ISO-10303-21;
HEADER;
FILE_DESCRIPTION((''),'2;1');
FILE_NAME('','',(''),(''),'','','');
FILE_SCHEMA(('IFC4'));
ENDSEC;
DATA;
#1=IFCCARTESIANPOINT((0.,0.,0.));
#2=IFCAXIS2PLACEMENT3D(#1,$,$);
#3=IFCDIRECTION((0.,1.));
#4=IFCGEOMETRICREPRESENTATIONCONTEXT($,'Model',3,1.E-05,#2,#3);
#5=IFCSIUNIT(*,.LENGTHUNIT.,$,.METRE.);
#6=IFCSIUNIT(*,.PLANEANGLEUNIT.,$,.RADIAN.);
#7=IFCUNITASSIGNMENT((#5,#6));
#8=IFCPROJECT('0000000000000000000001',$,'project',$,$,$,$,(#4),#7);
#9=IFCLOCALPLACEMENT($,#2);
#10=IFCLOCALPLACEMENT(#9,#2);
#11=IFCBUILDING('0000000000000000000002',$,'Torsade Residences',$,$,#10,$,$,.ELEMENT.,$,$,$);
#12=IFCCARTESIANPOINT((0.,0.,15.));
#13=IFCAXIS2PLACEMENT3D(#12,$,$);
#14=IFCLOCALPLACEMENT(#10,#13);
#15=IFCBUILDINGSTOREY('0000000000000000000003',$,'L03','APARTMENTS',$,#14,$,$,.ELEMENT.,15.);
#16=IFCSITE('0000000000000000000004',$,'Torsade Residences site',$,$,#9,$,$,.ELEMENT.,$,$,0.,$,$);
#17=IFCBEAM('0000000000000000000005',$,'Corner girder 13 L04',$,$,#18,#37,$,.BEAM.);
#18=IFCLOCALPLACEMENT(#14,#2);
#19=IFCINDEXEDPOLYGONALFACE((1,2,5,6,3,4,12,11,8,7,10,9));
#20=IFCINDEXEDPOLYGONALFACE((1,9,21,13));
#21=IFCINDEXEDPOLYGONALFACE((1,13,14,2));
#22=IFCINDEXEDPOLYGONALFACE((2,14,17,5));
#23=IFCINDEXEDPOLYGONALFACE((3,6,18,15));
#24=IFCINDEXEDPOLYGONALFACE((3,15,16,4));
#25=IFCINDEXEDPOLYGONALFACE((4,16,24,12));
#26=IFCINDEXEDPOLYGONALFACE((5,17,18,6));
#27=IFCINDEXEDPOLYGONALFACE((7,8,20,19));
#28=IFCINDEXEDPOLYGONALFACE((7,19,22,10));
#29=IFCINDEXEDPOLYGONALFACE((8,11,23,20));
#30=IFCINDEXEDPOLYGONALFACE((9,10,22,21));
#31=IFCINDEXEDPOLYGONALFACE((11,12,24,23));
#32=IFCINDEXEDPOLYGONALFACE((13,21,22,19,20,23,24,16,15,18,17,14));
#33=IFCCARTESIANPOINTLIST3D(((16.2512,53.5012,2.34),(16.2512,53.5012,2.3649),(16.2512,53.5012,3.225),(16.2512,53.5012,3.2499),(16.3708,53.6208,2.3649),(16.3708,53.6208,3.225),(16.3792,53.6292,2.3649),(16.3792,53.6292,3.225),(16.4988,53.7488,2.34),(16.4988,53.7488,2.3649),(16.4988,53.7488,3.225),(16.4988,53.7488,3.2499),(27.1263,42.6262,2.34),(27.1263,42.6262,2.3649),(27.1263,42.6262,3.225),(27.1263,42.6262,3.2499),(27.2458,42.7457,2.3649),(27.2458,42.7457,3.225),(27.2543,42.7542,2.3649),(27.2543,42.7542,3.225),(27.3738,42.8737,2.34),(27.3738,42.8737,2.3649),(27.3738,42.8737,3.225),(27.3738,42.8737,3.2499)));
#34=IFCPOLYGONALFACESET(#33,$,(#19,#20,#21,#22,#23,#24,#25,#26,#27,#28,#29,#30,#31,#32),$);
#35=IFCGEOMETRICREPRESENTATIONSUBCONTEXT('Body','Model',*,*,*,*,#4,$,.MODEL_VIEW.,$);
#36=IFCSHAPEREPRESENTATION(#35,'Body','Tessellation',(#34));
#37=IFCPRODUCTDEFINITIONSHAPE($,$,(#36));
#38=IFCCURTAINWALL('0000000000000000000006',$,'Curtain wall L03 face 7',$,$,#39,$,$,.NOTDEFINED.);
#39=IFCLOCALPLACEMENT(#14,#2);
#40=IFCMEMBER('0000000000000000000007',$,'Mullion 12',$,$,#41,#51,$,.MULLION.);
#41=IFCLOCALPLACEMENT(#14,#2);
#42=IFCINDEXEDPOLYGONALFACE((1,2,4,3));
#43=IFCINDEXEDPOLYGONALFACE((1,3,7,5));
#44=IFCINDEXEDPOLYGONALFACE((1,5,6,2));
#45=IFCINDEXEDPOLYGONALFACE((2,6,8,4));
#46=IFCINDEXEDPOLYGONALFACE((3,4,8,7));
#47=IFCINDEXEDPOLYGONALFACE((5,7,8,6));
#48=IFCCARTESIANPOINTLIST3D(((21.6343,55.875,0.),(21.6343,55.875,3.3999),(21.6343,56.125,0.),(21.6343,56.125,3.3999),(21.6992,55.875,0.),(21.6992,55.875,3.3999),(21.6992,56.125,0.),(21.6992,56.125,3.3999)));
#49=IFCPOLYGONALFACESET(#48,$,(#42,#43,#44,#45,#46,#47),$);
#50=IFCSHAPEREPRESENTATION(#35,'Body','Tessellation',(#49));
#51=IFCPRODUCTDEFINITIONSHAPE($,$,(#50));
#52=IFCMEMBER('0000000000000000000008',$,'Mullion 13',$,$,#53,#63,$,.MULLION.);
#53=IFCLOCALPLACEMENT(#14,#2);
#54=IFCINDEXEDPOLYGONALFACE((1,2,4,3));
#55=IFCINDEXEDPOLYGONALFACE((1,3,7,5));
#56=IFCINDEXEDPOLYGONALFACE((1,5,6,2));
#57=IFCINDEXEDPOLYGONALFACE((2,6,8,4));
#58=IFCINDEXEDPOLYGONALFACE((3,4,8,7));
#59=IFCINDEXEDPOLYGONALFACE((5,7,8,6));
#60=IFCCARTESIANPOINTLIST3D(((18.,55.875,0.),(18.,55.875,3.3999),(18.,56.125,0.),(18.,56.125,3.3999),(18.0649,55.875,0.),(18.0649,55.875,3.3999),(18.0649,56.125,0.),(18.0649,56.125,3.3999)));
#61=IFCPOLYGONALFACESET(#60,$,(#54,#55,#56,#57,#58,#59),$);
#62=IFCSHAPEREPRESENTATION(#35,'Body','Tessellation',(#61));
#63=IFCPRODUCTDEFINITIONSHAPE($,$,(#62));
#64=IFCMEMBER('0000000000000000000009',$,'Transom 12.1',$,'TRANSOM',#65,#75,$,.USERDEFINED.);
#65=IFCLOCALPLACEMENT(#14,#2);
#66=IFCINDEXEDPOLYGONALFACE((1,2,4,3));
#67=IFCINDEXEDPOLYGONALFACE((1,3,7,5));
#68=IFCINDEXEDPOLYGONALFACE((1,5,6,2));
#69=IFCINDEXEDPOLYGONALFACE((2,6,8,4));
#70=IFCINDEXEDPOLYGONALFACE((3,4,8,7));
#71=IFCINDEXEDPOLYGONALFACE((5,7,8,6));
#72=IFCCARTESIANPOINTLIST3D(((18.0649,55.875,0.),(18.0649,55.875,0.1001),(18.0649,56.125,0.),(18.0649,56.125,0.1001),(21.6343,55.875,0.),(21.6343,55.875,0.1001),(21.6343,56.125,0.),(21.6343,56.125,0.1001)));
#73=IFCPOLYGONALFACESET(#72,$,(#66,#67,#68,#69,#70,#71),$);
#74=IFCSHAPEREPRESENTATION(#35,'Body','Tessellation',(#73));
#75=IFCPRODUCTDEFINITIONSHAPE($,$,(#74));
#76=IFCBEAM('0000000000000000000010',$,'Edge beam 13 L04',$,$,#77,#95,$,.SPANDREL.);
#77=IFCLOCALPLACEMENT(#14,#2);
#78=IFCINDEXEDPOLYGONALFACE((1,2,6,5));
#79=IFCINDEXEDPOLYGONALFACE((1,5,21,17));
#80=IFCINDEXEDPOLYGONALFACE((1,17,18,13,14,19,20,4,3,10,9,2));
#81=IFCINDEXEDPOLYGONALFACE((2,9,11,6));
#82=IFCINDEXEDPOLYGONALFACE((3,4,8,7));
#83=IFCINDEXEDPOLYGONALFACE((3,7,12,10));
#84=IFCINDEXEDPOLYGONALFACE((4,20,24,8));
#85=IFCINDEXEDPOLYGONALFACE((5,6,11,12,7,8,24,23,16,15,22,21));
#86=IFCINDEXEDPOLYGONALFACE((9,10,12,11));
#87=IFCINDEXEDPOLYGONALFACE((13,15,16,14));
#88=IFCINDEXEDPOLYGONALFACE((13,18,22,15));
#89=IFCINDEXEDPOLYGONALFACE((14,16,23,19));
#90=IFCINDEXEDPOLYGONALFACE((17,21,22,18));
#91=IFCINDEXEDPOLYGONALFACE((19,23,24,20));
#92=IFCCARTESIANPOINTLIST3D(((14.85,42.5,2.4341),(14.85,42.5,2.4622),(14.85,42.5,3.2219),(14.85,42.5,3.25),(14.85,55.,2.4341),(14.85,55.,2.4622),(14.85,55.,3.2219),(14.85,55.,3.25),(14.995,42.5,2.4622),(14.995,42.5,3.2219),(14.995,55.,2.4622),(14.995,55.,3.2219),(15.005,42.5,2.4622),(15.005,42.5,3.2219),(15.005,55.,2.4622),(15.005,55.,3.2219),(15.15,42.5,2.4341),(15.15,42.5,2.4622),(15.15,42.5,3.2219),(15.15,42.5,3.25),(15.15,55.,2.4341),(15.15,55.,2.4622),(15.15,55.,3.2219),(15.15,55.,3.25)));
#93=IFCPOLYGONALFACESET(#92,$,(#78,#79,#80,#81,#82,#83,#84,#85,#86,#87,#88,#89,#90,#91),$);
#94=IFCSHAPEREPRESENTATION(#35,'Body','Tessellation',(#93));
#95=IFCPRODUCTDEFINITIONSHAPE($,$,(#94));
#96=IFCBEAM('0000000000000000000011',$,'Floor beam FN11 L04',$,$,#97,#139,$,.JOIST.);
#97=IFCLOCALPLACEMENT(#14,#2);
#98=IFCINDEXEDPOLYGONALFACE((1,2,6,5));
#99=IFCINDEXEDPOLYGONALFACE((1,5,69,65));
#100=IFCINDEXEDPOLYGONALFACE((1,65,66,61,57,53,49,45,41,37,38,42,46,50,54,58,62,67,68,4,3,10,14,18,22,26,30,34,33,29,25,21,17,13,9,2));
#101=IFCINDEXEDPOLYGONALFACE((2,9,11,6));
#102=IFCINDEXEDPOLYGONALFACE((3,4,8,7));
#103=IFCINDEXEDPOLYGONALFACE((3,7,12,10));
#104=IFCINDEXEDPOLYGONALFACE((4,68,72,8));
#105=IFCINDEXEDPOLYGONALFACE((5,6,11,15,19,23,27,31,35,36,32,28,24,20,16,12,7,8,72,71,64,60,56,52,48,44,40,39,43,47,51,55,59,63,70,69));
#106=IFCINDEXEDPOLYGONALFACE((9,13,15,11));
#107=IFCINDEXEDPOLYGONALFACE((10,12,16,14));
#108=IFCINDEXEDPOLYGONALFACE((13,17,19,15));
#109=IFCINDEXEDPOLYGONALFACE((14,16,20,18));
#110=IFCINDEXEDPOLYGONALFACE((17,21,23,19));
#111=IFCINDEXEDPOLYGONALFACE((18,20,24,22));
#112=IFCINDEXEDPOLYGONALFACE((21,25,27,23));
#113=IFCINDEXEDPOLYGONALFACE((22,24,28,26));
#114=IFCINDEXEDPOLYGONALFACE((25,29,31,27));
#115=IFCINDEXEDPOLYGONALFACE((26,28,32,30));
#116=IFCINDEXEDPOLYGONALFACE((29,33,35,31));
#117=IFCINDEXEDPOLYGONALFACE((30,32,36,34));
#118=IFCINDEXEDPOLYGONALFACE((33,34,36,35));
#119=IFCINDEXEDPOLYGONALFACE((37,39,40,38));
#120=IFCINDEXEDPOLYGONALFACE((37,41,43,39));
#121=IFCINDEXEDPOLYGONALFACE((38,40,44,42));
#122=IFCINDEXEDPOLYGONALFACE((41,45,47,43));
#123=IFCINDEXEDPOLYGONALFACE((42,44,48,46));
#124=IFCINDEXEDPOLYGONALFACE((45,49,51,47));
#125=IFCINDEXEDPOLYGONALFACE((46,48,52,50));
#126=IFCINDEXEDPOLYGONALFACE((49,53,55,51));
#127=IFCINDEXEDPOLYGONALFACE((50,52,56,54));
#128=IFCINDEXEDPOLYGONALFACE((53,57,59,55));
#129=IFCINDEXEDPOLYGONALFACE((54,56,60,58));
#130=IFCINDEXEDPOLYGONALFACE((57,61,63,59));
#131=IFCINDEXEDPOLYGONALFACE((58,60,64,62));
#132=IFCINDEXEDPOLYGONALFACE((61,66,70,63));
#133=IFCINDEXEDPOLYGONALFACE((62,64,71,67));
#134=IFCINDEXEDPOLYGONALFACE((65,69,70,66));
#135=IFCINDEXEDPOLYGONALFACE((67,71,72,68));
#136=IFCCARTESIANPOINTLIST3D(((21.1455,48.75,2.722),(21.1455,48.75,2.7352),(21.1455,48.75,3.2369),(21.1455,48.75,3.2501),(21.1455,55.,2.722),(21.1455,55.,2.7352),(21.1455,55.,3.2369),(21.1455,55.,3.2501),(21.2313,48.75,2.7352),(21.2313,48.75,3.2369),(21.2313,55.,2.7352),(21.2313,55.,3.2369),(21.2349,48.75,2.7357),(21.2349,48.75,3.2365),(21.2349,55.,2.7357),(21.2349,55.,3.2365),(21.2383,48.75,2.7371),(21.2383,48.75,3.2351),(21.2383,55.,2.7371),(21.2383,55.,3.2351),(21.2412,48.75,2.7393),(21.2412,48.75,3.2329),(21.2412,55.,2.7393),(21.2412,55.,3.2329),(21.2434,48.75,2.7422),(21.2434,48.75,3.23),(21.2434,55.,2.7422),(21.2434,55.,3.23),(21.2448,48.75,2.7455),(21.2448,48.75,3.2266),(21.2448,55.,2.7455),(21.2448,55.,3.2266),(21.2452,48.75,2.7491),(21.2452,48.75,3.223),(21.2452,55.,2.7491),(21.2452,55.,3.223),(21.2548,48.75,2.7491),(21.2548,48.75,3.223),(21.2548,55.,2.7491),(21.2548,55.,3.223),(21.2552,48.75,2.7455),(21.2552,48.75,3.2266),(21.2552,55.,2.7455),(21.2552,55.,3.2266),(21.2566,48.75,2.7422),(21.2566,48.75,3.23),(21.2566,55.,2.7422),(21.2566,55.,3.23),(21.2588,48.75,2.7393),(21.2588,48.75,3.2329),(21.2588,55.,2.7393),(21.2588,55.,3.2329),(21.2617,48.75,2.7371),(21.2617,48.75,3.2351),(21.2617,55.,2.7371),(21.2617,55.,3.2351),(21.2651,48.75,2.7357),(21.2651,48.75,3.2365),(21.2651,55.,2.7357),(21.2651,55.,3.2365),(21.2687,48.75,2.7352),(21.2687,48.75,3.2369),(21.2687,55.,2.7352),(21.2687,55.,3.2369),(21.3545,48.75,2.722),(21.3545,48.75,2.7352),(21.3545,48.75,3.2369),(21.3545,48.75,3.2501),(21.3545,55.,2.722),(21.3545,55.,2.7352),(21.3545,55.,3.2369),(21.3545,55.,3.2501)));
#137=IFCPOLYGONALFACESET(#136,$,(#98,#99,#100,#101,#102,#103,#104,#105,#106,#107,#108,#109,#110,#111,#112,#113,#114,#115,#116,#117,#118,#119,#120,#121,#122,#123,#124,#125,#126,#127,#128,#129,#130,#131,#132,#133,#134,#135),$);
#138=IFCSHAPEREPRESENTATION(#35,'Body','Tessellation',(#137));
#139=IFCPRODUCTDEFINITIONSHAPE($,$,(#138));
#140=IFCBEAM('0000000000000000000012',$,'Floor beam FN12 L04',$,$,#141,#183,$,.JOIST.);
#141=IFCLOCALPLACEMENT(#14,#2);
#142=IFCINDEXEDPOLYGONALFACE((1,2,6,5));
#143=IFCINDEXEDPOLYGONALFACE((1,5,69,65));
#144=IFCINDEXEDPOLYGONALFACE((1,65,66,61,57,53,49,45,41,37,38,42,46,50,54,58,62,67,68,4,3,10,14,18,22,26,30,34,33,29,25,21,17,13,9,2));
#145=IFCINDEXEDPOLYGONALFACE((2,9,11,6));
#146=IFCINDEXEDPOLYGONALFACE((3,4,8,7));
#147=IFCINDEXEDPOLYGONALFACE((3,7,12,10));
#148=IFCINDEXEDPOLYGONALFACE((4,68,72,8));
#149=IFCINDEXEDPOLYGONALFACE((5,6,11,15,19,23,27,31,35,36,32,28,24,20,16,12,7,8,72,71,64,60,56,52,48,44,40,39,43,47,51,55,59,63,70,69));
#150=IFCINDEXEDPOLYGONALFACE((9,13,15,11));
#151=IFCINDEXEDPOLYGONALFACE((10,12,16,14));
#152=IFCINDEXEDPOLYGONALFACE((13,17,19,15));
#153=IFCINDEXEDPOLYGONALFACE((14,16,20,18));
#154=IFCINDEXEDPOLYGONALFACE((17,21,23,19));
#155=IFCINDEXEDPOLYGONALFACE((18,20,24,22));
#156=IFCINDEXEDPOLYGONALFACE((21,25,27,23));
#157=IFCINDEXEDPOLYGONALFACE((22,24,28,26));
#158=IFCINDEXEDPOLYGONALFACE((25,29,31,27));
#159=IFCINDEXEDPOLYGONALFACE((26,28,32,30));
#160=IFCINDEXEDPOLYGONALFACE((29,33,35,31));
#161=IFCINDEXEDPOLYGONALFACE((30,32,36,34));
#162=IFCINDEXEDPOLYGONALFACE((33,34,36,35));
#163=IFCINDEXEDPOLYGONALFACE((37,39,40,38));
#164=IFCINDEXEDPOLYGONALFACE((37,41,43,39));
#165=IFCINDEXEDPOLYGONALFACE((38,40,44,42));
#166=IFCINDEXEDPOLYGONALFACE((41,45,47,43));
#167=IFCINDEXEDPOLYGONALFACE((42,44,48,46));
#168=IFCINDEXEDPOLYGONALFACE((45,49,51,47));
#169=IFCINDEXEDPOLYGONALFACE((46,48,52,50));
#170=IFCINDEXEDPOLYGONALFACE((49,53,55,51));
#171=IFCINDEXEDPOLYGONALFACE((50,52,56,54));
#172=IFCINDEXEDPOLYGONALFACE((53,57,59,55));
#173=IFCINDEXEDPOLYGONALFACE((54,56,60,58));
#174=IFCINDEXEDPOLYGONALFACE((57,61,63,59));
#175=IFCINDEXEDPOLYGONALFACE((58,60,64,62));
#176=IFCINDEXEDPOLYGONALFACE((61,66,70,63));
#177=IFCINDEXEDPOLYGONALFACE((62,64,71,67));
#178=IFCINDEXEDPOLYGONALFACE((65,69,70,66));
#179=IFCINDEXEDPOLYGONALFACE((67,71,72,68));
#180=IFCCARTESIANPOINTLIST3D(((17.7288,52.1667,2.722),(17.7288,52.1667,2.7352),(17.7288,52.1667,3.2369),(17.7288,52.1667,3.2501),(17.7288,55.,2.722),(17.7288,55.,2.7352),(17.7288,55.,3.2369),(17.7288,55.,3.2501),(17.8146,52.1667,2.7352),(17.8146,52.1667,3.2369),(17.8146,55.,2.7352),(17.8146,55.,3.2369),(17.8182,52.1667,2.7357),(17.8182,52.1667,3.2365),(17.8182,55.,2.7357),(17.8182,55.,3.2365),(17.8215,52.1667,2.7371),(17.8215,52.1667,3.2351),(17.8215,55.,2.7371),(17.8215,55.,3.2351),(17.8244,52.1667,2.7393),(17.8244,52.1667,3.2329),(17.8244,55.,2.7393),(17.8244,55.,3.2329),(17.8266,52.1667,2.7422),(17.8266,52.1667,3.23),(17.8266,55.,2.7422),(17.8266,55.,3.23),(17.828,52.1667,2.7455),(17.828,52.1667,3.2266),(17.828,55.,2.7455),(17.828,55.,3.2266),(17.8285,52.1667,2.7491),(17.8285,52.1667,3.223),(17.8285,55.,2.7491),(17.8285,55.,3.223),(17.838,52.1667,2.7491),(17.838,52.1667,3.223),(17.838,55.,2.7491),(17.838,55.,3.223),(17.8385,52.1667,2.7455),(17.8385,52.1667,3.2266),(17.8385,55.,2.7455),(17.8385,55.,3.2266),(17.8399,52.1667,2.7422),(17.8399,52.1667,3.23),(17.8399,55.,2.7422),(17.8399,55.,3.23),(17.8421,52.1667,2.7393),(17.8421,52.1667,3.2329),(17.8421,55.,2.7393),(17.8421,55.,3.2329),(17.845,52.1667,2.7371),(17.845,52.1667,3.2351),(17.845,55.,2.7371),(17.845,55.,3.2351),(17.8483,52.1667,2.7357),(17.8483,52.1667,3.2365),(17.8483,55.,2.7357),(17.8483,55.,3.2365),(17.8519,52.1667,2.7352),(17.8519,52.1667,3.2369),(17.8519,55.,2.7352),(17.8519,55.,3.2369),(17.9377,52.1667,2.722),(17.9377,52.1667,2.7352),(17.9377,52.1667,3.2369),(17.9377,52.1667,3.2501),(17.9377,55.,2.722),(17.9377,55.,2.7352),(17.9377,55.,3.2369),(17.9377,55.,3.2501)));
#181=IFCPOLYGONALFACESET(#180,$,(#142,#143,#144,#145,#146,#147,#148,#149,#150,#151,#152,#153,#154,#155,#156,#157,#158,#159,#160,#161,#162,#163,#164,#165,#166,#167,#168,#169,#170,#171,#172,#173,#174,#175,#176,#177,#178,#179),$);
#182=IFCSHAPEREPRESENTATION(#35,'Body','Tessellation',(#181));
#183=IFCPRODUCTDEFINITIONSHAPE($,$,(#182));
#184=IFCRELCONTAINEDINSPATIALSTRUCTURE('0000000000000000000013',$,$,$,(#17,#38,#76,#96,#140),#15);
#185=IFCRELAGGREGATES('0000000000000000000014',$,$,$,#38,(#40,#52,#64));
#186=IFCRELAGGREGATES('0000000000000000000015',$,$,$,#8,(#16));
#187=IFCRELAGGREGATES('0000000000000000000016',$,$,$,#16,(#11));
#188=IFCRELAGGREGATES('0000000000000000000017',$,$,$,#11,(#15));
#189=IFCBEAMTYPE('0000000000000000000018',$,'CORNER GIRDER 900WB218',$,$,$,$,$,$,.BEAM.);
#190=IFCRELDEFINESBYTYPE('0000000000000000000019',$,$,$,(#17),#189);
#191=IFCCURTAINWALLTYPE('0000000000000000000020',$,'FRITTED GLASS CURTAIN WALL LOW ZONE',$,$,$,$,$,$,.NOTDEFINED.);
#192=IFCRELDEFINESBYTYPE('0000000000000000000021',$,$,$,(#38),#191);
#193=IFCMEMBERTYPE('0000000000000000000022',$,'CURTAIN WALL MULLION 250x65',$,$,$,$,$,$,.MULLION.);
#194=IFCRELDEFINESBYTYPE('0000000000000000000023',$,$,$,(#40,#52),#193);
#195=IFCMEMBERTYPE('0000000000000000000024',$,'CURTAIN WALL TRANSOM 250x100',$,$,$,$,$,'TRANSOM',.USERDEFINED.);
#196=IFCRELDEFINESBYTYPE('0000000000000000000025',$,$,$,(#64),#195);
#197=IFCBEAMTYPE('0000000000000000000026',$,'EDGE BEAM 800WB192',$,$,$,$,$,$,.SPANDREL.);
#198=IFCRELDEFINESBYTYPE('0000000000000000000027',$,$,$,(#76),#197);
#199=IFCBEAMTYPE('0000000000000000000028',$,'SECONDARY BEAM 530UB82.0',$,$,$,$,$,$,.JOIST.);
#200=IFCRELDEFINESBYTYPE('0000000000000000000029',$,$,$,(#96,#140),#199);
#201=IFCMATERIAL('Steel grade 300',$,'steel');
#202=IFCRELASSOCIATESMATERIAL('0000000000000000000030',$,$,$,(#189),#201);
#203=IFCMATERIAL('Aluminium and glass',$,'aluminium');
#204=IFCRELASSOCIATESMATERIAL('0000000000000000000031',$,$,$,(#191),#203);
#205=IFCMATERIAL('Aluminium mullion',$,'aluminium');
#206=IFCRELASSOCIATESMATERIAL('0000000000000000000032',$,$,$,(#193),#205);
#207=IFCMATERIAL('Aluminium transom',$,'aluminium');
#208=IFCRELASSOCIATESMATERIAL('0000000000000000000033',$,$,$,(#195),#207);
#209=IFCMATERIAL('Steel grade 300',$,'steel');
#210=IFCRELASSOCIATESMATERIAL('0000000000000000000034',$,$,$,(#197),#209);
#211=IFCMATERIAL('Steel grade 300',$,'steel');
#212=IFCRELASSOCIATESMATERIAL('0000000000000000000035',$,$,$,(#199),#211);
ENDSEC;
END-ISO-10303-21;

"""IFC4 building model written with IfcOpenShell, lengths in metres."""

from ifc_helpers import new_model, si_unit, direction, frame, origin, origin_2d, place, context, subcontext, project, spatial, rectangle, i_section, extrude, material, material_profile, profile_set, type_object, element, aggregate, save


model = new_model("IFC4")

# Units and contexts
model_context = context("Model", 3, precision=1e-05, world=origin(), true_north=direction((0.0, 1.0)))
body_context = subcontext(model_context, "Body", "Model", "MODEL_VIEW")
ifc_project = project(units=[si_unit("LENGTHUNIT", "METRE"), si_unit("PLANEANGLEUNIT", "RADIAN")], contexts=[model_context])

# Site, building, storey
site_placement = place(None, origin())
site = spatial("IfcSite", under=ifc_project, at=site_placement, Name="Torsade Residences site", CompositionType="ELEMENT", RefElevation=0.0)
building_placement = place(site_placement, origin())
building = spatial("IfcBuilding", under=site, at=building_placement, Name="Torsade Residences", CompositionType="ELEMENT")
storey_placement = place(building_placement, frame((0.0, 0.0, 15.0)))
storey = spatial("IfcBuildingStorey", under=building, at=storey_placement, Name="L03", Description="APARTMENTS", CompositionType="ELEMENT", Elevation=15.0)

# Beam
ifc_material_1 = material(Name="Steel grade 300", Category="steel")
ifc_material_profile_1 = material_profile(ifc_material_1, i_section(OverallWidth=0.3501, OverallDepth=0.9099, WebThickness=0.012, FlangeThickness=0.0249, at=origin_2d()), Name="900WB218")
ifc_profile_set_1 = profile_set([ifc_material_profile_1], Name="Steel grade 300")
beam_type_1 = type_object("IfcBeamType", Name="CORNER GIRDER 900WB218", PredefinedType="BEAM", material=ifc_profile_set_1)
beam_1_placement = place(storey_placement, frame((16.375, 53.625, 2.7949), z_axis=(0.707107, -0.707107, 0.0), x_axis=(0.707107, 0.707107, 0.0)))
element("IfcBeam", 1, at=beam_1_placement, inside=storey, type_object=beam_type_1, Name="Corner girder 13 L04", PredefinedType="BEAM", context=body_context, shape_type="SweptSolid", body=[
    extrude(i_section(OverallWidth=0.3501, OverallDepth=0.9099, WebThickness=0.012, FlangeThickness=0.0249, at=origin_2d()), origin(), (0.0, 0.0, 1.0), 15.3796),
])

# Curtain wall, members
ifc_material_2 = material(Name="Aluminium and glass", Category="aluminium")
curtain_wall_type = type_object("IfcCurtainWallType", Name="FRITTED GLASS CURTAIN WALL LOW ZONE", PredefinedType="NOTDEFINED", material=ifc_material_2)
curtain_wall_placement = place(storey_placement, origin())
curtain_wall = element("IfcCurtainWall", 2, at=curtain_wall_placement, inside=storey, type_object=curtain_wall_type, Name="Curtain wall L03 face 7", PredefinedType="NOTDEFINED")
ifc_material_3 = material(Name="Aluminium mullion", Category="aluminium")
ifc_material_profile_2 = material_profile(ifc_material_3, rectangle(XDim=0.25, YDim=0.0649, at=origin_2d()), Name="CURTAIN WALL MULLION 250x65")
ifc_profile_set_2 = profile_set([ifc_material_profile_2], Name="Aluminium mullion")
member_type_1 = type_object("IfcMemberType", Name="CURTAIN WALL MULLION 250x65", PredefinedType="MULLION", material=ifc_profile_set_2)
member_1_placement = place(storey_placement, frame((21.6667, 56.0, 0.0), z_axis=(0.0, 0.0, 1.0), x_axis=(0.0, -1.0, 0.0)))
member_1 = element("IfcMember", 3, at=member_1_placement, type_object=member_type_1, Name="Mullion 12", PredefinedType="MULLION", context=body_context, shape_type="SweptSolid", body=[
    extrude(rectangle(XDim=0.25, YDim=0.0649, at=origin_2d()), origin(), (0.0, 0.0, 1.0), 3.3999),
])
member_2_placement = place(storey_placement, frame((18.0325, 56.0, 0.0), z_axis=(0.0, 0.0, 1.0), x_axis=(0.0, -1.0, 0.0)))
member_2 = element("IfcMember", 4, at=member_2_placement, type_object=member_type_1, Name="Mullion 13", PredefinedType="MULLION", context=body_context, shape_type="SweptSolid", body=[
    extrude(rectangle(XDim=0.25, YDim=0.0649, at=origin_2d()), origin(), (0.0, 0.0, 1.0), 3.3999),
])
ifc_material_4 = material(Name="Aluminium transom", Category="aluminium")
ifc_material_profile_3 = material_profile(ifc_material_4, rectangle(XDim=0.25, YDim=0.1001, at=origin_2d()), Name="CURTAIN WALL TRANSOM 250x100")
ifc_profile_set_3 = profile_set([ifc_material_profile_3], Name="Aluminium transom")
member_type_2 = type_object("IfcMemberType", Name="CURTAIN WALL TRANSOM 250x100", ElementType="TRANSOM", PredefinedType="USERDEFINED", material=ifc_profile_set_3)
member_3_placement = place(storey_placement, frame((21.6343, 56.0, 0.05), z_axis=(-1.0, 0.0, 0.0), x_axis=(0.0, -1.0, 0.0)))
member_3 = element("IfcMember", 5, at=member_3_placement, type_object=member_type_2, Name="Transom 12.1", ObjectType="TRANSOM", PredefinedType="USERDEFINED", context=body_context, shape_type="SweptSolid", body=[
    extrude(rectangle(XDim=0.25, YDim=0.1001, at=origin_2d()), origin(), (0.0, 0.0, 1.0), 3.5693),
])

# Beams
ifc_material_5 = material(Name="Steel grade 300", Category="steel")
ifc_material_profile_4 = material_profile(ifc_material_5, i_section(OverallWidth=0.3, OverallDepth=0.8159, WebThickness=0.01, FlangeThickness=0.0281, at=origin_2d()), Name="800WB192")
ifc_profile_set_4 = profile_set([ifc_material_profile_4], Name="Steel grade 300")
beam_type_2 = type_object("IfcBeamType", Name="EDGE BEAM 800WB192", PredefinedType="SPANDREL", material=ifc_profile_set_4)
beam_2_placement = place(storey_placement, frame((15.0, 55.0, 2.842), z_axis=(0.0, -1.0, 0.0), x_axis=(1.0, 0.0, 0.0)))
element("IfcBeam", 6, at=beam_2_placement, inside=storey, type_object=beam_type_2, Name="Edge beam 13 L04", PredefinedType="SPANDREL", context=body_context, shape_type="SweptSolid", body=[
    extrude(i_section(OverallWidth=0.3, OverallDepth=0.8159, WebThickness=0.01, FlangeThickness=0.0281, at=origin_2d()), origin(), (0.0, 0.0, 1.0), 12.5),
])
ifc_material_6 = material(Name="Steel grade 300", Category="steel")
ifc_material_profile_5 = material_profile(ifc_material_6, i_section(OverallWidth=0.209, OverallDepth=0.5281, WebThickness=0.0095, FlangeThickness=0.0132, FilletRadius=0.0139, at=origin_2d()), Name="530UB82.0")
ifc_profile_set_5 = profile_set([ifc_material_profile_5], Name="Steel grade 300")
beam_type_3 = type_object("IfcBeamType", Name="SECONDARY BEAM 530UB82.0", PredefinedType="JOIST", material=ifc_profile_set_5)
beam_3_placement = place(storey_placement, frame((21.25, 55.0, 2.9861), z_axis=(0.0, -1.0, 0.0), x_axis=(1.0, 0.0, 0.0)))
element("IfcBeam", 7, at=beam_3_placement, inside=storey, type_object=beam_type_3, Name="Floor beam FN11 L04", PredefinedType="JOIST", context=body_context, shape_type="SweptSolid", body=[
    extrude(i_section(OverallWidth=0.209, OverallDepth=0.5281, WebThickness=0.0095, FlangeThickness=0.0132, FilletRadius=0.0139, at=origin_2d()), origin(), (0.0, 0.0, 1.0), 6.25),
])
beam_4_placement = place(storey_placement, frame((17.8333, 55.0, 2.9861), z_axis=(0.0, -1.0, 0.0), x_axis=(1.0, 0.0, 0.0)))
element("IfcBeam", 8, at=beam_4_placement, inside=storey, type_object=beam_type_3, Name="Floor beam FN12 L04", PredefinedType="JOIST", context=body_context, shape_type="SweptSolid", body=[
    extrude(i_section(OverallWidth=0.209, OverallDepth=0.5281, WebThickness=0.0095, FlangeThickness=0.0132, FilletRadius=0.0139, at=origin_2d()), origin(), (0.0, 0.0, 1.0), 2.8333),
])

aggregate(curtain_wall, [member_1, member_2, member_3])

save(model, "model.ifc")
